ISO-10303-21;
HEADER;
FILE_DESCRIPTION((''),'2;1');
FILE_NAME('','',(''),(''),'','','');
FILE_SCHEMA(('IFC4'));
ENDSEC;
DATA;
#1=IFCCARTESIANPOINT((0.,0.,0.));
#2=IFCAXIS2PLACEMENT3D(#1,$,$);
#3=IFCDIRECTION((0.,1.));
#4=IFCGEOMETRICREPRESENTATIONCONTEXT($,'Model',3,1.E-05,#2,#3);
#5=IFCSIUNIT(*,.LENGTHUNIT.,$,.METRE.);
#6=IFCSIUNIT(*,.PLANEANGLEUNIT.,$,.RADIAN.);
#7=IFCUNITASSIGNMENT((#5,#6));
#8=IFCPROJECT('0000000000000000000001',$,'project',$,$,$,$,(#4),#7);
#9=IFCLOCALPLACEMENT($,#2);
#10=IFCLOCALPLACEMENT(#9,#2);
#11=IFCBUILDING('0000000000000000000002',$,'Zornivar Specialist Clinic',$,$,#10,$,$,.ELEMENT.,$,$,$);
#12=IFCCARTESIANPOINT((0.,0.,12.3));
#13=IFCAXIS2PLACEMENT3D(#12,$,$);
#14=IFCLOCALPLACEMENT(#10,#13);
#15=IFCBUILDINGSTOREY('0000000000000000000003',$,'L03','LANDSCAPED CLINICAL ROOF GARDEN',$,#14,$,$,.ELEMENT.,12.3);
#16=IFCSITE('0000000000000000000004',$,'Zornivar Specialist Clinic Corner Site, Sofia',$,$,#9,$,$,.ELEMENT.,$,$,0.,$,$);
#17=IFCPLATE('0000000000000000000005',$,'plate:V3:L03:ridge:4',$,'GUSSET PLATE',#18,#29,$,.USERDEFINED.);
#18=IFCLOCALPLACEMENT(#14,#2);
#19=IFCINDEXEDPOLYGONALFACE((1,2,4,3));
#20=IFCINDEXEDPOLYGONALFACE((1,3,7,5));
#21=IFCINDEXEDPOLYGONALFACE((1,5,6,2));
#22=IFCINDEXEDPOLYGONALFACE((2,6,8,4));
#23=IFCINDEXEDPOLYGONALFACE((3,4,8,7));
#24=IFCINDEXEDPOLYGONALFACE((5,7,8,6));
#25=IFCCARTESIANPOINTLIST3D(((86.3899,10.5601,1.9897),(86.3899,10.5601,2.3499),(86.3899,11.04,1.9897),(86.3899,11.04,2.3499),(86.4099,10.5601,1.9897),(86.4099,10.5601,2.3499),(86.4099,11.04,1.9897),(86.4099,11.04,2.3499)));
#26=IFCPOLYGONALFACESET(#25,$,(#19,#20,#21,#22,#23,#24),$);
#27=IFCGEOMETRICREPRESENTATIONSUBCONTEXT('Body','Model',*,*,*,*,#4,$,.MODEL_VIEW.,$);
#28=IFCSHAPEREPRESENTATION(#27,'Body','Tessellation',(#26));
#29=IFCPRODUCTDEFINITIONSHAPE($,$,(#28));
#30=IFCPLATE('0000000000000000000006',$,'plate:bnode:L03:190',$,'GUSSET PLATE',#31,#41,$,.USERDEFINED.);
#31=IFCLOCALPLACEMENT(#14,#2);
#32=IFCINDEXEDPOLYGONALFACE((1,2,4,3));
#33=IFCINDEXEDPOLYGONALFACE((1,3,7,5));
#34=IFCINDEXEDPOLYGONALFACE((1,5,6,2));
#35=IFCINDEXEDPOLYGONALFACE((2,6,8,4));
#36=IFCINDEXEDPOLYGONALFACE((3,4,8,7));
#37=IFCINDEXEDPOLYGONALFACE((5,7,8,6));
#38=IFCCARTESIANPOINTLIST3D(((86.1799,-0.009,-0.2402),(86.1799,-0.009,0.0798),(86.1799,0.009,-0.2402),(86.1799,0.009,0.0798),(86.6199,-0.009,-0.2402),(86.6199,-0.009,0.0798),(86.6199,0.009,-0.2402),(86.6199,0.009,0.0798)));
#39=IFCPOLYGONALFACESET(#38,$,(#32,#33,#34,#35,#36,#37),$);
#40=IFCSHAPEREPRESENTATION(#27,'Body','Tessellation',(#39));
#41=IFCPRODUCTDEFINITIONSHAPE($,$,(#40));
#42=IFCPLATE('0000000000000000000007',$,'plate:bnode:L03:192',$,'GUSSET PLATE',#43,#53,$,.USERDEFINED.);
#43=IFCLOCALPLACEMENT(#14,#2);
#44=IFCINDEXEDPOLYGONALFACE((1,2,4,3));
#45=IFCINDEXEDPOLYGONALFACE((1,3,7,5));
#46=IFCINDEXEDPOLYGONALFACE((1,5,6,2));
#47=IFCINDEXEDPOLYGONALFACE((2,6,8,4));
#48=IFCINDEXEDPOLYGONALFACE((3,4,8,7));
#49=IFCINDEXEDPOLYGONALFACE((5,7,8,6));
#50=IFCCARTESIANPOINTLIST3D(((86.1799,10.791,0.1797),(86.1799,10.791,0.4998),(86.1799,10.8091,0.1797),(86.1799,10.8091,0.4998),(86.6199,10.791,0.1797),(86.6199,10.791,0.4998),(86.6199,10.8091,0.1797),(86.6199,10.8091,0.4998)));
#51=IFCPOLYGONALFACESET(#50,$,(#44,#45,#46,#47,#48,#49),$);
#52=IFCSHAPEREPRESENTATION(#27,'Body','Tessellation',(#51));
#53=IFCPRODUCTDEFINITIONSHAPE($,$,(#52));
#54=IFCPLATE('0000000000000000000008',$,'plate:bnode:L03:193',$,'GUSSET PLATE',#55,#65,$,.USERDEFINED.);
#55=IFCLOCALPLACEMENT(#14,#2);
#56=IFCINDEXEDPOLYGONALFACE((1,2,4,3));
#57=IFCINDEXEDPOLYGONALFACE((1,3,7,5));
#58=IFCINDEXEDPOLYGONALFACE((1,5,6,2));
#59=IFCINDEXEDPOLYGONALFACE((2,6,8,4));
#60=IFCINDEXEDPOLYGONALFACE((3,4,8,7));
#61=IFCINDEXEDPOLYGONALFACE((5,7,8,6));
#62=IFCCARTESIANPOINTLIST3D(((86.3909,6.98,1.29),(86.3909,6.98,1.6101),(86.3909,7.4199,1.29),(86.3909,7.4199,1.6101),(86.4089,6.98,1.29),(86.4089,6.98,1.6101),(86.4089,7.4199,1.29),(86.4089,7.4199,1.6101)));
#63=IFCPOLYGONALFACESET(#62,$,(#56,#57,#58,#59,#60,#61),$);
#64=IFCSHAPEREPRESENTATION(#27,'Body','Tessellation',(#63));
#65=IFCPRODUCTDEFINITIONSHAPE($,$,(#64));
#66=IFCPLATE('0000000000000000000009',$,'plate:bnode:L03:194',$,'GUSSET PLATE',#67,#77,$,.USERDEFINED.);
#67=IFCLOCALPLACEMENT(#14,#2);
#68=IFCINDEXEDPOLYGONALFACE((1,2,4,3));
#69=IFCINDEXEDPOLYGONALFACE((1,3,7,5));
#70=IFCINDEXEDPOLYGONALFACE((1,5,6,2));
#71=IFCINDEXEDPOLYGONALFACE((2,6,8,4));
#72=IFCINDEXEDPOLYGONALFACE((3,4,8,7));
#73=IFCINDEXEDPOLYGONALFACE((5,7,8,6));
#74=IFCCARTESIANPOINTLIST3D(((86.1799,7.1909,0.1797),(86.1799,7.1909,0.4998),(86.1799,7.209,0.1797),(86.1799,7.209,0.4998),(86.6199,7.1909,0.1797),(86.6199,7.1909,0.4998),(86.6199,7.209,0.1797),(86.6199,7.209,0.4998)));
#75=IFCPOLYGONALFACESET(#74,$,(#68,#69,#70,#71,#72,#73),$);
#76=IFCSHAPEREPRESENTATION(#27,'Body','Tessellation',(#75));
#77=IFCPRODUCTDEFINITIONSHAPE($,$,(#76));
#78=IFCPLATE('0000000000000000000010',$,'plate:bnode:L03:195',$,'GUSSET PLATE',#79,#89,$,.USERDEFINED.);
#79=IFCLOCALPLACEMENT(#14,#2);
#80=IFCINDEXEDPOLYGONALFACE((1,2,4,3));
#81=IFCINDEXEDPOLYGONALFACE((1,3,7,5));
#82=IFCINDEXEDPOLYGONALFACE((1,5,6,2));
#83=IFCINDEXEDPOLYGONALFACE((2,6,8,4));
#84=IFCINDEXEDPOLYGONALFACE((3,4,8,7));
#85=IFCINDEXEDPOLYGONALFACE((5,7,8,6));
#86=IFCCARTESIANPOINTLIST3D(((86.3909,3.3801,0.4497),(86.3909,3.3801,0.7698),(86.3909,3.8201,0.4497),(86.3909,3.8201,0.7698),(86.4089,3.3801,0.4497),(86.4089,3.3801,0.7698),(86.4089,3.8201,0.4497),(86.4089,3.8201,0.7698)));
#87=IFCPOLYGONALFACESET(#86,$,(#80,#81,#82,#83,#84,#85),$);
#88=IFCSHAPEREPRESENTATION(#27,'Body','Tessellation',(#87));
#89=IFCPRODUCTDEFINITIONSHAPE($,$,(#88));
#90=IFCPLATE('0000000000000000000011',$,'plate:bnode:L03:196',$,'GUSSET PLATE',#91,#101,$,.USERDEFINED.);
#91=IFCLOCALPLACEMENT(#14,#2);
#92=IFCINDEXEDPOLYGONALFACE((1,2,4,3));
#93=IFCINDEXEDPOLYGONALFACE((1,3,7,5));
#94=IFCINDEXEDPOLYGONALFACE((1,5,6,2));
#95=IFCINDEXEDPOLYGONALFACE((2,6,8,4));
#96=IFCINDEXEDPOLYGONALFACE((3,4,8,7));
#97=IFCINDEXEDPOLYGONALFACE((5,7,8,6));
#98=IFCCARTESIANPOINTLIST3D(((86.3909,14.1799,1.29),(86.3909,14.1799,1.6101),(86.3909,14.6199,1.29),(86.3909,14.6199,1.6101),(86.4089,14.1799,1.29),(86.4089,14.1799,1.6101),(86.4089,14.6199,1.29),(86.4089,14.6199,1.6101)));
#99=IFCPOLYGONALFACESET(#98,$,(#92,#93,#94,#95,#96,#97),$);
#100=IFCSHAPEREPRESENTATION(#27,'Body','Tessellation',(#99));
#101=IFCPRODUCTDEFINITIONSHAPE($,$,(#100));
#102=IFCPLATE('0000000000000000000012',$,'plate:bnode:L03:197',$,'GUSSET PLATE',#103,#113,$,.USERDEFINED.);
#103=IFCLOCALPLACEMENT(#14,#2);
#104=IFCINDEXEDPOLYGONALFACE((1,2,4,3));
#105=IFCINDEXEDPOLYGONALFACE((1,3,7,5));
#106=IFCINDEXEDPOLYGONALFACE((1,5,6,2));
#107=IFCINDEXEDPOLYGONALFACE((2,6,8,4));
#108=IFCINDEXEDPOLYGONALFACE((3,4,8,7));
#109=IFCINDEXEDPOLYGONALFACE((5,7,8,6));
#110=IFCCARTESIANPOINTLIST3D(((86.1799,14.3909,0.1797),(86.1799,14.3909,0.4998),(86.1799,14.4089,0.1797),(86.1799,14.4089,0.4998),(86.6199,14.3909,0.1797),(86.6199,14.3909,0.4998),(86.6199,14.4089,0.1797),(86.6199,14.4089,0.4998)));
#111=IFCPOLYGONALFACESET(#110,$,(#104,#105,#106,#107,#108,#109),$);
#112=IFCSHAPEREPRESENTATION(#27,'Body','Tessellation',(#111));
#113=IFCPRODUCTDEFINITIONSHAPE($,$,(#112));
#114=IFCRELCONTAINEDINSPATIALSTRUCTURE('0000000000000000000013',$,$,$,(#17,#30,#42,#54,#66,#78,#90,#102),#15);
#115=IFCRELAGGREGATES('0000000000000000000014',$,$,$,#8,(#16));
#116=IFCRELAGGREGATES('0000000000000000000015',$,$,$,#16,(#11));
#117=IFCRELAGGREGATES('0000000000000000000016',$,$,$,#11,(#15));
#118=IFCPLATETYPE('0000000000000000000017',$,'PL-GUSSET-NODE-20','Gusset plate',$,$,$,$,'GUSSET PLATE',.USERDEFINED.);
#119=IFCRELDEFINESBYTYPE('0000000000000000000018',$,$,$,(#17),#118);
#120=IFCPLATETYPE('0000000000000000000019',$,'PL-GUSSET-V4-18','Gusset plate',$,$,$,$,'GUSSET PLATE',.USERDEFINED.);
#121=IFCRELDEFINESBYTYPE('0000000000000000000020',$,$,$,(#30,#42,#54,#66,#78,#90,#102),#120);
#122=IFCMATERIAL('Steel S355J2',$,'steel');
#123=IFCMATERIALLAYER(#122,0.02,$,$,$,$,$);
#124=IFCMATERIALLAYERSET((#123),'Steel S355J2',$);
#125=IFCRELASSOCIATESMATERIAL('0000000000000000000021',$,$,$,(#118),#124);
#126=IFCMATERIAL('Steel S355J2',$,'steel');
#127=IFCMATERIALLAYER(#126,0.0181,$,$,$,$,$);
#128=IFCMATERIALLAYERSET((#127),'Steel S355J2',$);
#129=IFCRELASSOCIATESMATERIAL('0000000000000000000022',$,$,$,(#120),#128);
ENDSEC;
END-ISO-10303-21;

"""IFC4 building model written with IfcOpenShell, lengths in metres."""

from ifc_helpers import new_model, si_unit, direction, frame, origin, origin_2d, place, context, subcontext, project, spatial, rectangle, extrude, material, layer, layer_set, type_object, element, save


model = new_model("IFC4")

# Units and contexts
model_context = context("Model", 3, precision=1e-05, world=origin(), true_north=direction((0.0, 1.0)))
body_context = subcontext(model_context, "Body", "Model", "MODEL_VIEW")
ifc_project = project(units=[si_unit("LENGTHUNIT", "METRE"), si_unit("PLANEANGLEUNIT", "RADIAN")], contexts=[model_context])

# Site, building, storey
site_placement = place(None, origin())
site = spatial("IfcSite", under=ifc_project, at=site_placement, Name="Zornivar Specialist Clinic Corner Site, Sofia", CompositionType="ELEMENT", RefElevation=0.0)
building_placement = place(site_placement, origin())
building = spatial("IfcBuilding", under=site, at=building_placement, Name="Zornivar Specialist Clinic", CompositionType="ELEMENT")
storey_placement = place(building_placement, frame((0.0, 0.0, 12.3)))
storey = spatial("IfcBuildingStorey", under=building, at=storey_placement, Name="L03", Description="LANDSCAPED CLINICAL ROOF GARDEN", CompositionType="ELEMENT", Elevation=12.3)

# Plates
ifc_material_1 = material(Name="Steel S355J2", Category="steel")
ifc_layer_1 = layer(ifc_material_1, 0.02)
ifc_layer_set_1 = layer_set([ifc_layer_1], Name="Steel S355J2")
plate_type_1 = type_object("IfcPlateType", Name="PL-GUSSET-NODE-20", Description="Gusset plate", ElementType="GUSSET PLATE", PredefinedType="USERDEFINED", material=ifc_layer_set_1)
plate_1_placement = place(storey_placement, frame((86.3999, 10.8, 1.9897), z_axis=(0.0, 0.0, 1.0), x_axis=(1.0, 0.0, 0.0)))
element("IfcPlate", 1, at=plate_1_placement, inside=storey, type_object=plate_type_1, Name="plate:V3:L03:ridge:4", ObjectType="GUSSET PLATE", PredefinedType="USERDEFINED", context=body_context, shape_type="SweptSolid", body=[
    extrude(rectangle(XDim=0.02, YDim=0.48, at=origin_2d()), origin(), (0.0, 0.0, 1.0), 0.3601),
])
ifc_material_2 = material(Name="Steel S355J2", Category="steel")
ifc_layer_2 = layer(ifc_material_2, 0.0181)
ifc_layer_set_2 = layer_set([ifc_layer_2], Name="Steel S355J2")
plate_type_2 = type_object("IfcPlateType", Name="PL-GUSSET-V4-18", Description="Gusset plate", ElementType="GUSSET PLATE", PredefinedType="USERDEFINED", material=ifc_layer_set_2)
for number, where, z_axis, x_axis, name in (
    (2, (86.3999, 0.0, -0.2402), (0.0, 0.0, 1.0), (1.0, 0.0, 0.0), "plate:bnode:L03:190"),
    (3, (86.3999, 10.8, 0.1797), (0.0, 0.0, 1.0), (1.0, 0.0, 0.0), "plate:bnode:L03:192"),
    (4, (86.3999, 7.2, 1.29), (0.0, 0.0, 1.0), (0.0, 1.0, 0.0), "plate:bnode:L03:193"),
    (5, (86.3999, 7.2, 0.1797), (0.0, 0.0, 1.0), (1.0, 0.0, 0.0), "plate:bnode:L03:194"),
    (6, (86.3999, 3.6001, 0.4497), (0.0, 0.0, 1.0), (0.0, 1.0, 0.0), "plate:bnode:L03:195"),
    (7, (86.3999, 14.3999, 1.29), (0.0, 0.0, 1.0), (0.0, 1.0, 0.0), "plate:bnode:L03:196"),
    (8, (86.3999, 14.3999, 0.1797), (0.0, 0.0, 1.0), (1.0, 0.0, 0.0), "plate:bnode:L03:197"),
):
    element("IfcPlate", number, at=place(storey_placement, frame(where, z_axis=z_axis, x_axis=x_axis)), inside=storey, type_object=plate_type_2, Name=name, ObjectType="GUSSET PLATE", PredefinedType="USERDEFINED", context=body_context, shape_type="SweptSolid", body=[
        extrude(rectangle(XDim=0.4399, YDim=0.0181, at=origin_2d()), origin(), (0.0, 0.0, 1.0), 0.3201),
    ])

save(model, "model.ifc")
